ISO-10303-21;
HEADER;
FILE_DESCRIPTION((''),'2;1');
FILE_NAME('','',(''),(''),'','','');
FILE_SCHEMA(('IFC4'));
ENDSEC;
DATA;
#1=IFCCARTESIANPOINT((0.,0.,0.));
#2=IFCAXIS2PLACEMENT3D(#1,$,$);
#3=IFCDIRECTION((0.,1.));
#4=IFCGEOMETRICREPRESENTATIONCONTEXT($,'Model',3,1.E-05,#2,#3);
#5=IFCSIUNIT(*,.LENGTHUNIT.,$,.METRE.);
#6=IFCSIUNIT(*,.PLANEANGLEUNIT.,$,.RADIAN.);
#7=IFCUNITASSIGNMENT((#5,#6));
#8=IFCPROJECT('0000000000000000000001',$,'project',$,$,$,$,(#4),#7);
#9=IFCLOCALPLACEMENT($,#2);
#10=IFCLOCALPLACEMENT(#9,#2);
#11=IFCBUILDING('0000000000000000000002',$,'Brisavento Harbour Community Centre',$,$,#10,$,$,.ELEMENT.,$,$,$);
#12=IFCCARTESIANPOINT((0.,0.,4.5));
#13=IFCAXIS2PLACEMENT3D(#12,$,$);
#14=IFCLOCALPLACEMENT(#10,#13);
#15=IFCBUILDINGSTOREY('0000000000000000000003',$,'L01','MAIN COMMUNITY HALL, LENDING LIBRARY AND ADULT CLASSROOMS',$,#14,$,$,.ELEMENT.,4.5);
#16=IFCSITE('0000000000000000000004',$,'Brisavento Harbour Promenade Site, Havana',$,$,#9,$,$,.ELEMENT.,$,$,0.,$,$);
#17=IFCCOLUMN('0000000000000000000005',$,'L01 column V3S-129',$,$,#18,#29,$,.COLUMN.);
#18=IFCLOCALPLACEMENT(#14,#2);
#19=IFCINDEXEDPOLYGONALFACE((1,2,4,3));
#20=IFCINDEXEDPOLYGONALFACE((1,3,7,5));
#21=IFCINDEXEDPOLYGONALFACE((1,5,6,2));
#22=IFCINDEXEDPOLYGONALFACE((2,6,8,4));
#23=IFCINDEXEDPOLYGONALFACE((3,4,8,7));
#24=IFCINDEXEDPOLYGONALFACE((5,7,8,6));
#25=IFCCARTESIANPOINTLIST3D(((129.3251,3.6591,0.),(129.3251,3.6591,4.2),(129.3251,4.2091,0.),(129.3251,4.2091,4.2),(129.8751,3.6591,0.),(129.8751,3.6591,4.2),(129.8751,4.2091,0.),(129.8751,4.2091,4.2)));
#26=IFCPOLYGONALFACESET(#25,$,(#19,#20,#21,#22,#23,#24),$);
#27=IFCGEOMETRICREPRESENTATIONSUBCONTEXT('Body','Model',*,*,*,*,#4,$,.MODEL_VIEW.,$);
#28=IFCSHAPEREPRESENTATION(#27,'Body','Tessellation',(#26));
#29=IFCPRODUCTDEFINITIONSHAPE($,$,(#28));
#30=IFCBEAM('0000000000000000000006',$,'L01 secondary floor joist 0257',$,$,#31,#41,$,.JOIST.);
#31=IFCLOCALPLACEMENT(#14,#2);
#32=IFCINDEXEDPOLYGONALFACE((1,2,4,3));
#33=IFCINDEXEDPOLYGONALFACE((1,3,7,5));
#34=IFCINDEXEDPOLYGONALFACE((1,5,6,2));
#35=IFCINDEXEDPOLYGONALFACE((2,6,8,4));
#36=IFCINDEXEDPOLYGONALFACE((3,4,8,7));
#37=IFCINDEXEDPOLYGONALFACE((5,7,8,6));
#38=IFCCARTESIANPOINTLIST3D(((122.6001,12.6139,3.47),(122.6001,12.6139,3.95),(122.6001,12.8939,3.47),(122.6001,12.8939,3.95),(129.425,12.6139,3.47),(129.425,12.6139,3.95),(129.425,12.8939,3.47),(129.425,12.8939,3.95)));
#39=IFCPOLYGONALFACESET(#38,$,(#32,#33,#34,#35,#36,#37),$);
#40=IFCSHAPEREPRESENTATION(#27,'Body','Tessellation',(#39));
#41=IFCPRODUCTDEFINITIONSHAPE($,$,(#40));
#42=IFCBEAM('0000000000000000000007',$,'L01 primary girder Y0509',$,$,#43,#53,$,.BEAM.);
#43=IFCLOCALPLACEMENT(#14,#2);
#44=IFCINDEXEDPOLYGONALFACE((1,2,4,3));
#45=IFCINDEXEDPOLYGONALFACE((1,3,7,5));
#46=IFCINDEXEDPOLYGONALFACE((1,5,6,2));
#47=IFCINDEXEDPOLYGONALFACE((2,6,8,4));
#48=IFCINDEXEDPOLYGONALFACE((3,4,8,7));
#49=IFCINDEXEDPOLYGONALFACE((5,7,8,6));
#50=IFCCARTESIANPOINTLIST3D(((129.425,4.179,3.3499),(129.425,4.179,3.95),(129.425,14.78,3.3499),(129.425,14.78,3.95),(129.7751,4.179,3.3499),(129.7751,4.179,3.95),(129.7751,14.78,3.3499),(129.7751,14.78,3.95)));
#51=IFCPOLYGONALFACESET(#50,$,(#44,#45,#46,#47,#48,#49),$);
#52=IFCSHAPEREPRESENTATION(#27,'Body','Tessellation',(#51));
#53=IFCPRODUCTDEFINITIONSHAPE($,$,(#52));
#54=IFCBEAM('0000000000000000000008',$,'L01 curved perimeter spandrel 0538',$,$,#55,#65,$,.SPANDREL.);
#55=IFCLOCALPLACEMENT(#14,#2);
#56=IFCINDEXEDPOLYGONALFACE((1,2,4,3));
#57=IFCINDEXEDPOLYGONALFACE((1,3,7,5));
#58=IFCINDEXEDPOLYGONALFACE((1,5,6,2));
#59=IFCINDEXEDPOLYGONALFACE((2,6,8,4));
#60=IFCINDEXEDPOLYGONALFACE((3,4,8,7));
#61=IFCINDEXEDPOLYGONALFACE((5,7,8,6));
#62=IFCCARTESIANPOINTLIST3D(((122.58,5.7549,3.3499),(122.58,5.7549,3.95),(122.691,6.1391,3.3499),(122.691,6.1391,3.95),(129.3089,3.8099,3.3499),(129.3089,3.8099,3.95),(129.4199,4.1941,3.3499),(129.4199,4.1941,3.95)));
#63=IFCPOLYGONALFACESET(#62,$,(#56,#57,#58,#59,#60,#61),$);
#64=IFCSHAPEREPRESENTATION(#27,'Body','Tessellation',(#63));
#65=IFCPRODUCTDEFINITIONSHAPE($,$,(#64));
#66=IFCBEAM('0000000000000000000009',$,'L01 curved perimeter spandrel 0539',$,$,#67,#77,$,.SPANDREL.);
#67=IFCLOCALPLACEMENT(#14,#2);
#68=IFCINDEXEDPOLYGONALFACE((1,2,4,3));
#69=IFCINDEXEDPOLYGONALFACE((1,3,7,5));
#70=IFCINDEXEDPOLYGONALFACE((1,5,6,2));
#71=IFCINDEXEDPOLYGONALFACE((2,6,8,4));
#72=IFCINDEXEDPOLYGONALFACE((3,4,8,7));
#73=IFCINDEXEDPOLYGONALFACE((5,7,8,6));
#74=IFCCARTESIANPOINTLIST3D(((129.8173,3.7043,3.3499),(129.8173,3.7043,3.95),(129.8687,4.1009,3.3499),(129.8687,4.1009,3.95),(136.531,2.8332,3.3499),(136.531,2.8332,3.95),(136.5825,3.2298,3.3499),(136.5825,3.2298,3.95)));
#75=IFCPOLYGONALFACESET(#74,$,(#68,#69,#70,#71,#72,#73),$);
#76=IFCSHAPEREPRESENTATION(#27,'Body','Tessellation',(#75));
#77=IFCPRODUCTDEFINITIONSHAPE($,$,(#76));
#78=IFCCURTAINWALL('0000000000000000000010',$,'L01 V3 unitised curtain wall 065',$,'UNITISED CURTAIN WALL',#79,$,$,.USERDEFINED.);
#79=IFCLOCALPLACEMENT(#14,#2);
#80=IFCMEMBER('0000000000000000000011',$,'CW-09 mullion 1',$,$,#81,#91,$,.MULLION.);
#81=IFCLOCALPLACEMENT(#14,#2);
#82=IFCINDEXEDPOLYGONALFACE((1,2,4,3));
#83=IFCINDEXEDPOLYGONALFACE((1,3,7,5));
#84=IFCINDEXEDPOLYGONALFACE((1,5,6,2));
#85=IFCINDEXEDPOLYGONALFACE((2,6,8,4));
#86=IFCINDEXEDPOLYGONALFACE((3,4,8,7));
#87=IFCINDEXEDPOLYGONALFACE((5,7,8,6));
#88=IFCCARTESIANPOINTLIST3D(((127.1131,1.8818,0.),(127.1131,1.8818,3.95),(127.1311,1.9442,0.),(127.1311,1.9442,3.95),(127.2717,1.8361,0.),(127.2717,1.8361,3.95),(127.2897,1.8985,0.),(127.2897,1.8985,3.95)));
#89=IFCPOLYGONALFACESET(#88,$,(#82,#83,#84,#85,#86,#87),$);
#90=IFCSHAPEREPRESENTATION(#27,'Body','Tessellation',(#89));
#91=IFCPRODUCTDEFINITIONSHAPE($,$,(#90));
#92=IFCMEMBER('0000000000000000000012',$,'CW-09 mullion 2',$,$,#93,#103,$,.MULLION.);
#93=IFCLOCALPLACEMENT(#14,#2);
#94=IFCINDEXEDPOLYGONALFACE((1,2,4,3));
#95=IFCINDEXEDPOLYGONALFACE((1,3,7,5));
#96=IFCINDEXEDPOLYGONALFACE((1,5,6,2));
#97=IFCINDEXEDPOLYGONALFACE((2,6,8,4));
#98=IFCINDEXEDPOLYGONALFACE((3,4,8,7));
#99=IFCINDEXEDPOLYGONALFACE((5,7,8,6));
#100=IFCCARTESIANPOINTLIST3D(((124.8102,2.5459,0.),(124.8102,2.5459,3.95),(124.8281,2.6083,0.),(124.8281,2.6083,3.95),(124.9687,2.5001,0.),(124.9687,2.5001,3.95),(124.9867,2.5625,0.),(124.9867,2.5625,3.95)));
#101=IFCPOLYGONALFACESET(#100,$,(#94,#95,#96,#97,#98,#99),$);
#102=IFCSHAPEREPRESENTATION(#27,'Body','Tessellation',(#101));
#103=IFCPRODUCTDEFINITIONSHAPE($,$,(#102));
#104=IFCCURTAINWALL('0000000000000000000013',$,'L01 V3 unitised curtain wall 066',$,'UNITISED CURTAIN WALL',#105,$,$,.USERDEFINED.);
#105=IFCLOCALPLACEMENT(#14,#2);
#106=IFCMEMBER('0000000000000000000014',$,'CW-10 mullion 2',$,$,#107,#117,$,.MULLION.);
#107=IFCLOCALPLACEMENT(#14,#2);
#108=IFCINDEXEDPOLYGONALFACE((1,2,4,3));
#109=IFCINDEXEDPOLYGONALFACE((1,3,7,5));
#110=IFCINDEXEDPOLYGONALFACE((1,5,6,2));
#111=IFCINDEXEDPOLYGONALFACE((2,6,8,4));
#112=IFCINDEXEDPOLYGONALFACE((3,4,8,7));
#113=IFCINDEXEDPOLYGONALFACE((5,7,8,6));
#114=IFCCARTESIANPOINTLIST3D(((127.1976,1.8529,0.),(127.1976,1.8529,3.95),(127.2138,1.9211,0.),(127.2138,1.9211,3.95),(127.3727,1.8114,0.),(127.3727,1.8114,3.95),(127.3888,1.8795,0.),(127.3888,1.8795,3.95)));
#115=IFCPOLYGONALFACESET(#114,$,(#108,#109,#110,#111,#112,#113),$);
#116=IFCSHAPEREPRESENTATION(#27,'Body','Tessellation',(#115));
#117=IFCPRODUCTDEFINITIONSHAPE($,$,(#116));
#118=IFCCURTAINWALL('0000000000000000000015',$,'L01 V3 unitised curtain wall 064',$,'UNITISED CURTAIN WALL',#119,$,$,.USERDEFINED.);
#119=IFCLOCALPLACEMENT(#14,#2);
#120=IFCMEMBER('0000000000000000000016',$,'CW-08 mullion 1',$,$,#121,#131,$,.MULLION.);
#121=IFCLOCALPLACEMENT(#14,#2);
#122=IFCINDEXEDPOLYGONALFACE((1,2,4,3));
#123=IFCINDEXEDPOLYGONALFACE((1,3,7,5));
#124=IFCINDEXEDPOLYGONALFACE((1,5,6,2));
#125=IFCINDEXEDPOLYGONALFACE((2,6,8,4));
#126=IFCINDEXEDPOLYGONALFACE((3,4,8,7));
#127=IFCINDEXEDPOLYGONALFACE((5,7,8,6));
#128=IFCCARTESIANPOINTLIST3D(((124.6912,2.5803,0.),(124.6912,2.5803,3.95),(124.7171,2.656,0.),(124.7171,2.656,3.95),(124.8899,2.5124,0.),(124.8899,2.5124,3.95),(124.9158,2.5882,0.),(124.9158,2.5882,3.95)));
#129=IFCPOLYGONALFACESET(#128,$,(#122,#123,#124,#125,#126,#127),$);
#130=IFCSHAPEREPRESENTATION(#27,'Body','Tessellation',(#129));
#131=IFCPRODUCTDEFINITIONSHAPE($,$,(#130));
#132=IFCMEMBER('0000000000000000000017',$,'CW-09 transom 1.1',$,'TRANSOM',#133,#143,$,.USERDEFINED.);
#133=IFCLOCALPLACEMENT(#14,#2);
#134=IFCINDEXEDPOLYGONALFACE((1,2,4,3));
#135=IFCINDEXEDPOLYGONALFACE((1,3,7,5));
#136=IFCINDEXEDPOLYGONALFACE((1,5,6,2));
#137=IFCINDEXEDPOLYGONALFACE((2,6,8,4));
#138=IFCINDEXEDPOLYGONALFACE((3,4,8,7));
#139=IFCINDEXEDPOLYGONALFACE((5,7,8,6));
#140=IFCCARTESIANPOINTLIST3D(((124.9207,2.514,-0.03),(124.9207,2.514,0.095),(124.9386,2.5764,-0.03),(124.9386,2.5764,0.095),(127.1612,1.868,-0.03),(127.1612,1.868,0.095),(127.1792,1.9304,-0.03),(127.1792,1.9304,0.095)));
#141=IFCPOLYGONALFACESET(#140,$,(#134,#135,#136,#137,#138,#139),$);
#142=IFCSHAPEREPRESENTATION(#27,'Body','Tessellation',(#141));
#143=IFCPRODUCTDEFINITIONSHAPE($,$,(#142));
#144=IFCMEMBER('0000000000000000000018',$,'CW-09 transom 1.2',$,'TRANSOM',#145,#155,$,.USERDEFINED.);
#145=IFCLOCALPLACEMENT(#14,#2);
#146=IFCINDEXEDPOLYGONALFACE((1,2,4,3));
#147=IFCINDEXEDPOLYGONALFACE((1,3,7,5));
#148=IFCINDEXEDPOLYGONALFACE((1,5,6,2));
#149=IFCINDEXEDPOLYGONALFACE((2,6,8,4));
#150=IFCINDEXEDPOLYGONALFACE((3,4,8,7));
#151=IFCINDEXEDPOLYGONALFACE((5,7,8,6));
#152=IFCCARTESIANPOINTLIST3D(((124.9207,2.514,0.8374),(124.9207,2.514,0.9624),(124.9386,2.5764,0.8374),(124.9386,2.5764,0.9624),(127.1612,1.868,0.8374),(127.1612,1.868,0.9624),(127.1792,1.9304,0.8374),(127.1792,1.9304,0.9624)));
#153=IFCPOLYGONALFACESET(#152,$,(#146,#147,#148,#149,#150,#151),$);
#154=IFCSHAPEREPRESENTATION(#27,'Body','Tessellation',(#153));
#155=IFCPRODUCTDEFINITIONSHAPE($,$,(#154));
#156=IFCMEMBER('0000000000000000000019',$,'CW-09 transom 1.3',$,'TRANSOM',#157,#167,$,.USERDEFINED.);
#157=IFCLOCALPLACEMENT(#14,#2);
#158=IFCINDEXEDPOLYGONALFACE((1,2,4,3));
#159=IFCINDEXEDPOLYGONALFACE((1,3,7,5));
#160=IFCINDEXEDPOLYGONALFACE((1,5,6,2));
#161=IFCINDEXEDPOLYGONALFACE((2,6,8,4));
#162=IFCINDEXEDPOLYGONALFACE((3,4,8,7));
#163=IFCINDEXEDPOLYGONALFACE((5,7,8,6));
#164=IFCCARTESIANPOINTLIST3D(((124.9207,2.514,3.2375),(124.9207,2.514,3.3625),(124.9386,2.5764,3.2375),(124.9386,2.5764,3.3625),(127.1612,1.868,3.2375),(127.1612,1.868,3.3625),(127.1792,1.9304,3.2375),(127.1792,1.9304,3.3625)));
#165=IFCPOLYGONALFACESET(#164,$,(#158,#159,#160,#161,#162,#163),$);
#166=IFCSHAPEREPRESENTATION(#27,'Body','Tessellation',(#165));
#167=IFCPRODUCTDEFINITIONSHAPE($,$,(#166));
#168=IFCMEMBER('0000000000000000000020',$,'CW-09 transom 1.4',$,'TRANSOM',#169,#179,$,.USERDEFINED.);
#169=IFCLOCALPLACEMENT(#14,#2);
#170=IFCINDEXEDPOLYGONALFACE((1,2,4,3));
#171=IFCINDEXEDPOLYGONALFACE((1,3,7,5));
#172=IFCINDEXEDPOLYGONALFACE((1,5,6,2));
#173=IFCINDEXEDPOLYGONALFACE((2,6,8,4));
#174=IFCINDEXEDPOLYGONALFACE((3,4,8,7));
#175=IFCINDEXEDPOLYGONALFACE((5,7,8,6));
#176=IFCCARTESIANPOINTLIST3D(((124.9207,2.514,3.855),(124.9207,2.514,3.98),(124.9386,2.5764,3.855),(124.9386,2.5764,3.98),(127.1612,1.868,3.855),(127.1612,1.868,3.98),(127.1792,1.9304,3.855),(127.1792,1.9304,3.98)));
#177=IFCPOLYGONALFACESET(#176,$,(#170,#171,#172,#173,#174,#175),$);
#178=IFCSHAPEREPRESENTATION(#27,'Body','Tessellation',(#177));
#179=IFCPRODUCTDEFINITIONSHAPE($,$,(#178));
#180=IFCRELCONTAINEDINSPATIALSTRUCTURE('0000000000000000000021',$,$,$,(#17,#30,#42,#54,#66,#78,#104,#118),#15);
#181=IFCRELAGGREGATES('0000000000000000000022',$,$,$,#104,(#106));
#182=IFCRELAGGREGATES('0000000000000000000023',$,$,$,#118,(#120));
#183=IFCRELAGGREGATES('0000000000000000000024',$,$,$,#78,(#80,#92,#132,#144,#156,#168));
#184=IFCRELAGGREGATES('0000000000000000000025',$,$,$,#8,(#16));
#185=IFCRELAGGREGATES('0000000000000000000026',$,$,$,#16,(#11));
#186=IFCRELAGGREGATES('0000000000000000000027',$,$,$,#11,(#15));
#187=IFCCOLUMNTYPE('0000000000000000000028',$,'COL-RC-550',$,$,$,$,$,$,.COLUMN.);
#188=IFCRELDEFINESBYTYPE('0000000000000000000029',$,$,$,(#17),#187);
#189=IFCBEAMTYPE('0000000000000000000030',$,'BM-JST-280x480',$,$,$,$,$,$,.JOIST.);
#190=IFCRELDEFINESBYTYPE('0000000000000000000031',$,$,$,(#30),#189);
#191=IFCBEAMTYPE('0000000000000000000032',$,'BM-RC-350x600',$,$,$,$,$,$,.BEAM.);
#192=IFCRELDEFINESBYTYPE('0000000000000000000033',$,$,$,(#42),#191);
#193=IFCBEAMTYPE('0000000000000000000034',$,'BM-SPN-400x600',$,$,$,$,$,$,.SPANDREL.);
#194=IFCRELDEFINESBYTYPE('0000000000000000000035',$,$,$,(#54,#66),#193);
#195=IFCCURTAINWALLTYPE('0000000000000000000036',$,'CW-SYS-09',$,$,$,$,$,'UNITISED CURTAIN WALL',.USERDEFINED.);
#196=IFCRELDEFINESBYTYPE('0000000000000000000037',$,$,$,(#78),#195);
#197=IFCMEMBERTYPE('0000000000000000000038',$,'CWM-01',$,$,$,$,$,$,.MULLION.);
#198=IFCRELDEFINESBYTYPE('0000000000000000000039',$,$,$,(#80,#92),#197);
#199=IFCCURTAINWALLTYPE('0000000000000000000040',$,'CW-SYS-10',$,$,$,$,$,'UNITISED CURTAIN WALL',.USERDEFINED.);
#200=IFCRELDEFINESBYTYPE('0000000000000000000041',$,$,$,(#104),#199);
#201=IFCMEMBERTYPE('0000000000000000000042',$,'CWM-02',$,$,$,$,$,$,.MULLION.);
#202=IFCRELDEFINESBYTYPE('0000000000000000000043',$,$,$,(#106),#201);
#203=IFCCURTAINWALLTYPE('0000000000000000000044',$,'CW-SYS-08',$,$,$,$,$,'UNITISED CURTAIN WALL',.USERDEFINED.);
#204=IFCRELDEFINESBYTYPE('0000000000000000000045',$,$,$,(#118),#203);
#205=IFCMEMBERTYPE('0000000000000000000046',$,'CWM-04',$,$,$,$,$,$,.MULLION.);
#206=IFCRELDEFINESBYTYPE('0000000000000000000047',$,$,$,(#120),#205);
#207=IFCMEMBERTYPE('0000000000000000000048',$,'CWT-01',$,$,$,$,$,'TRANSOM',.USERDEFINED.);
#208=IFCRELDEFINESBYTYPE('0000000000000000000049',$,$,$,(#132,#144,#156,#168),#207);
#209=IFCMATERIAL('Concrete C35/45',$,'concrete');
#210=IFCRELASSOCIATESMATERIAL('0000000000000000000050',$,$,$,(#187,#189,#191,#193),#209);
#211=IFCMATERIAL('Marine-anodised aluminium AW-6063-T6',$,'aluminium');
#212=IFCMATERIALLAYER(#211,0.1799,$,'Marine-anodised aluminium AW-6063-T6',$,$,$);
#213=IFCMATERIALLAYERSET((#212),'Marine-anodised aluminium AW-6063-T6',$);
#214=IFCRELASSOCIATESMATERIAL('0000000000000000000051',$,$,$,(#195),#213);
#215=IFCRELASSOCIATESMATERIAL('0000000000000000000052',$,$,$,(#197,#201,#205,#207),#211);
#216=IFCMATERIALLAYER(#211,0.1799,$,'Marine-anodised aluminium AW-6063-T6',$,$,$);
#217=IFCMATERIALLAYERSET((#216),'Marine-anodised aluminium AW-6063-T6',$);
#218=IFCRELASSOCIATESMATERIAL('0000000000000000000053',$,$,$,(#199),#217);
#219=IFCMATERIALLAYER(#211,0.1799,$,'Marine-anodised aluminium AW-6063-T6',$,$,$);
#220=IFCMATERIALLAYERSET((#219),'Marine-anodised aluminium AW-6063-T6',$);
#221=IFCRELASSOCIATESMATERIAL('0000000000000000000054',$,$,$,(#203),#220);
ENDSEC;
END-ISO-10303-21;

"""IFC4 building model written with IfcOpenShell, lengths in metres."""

from ifc_helpers import new_model, si_unit, direction, frame, origin, origin_2d, place, context, subcontext, project, spatial, rectangle, extrude, material, layer, layer_set, material_profile, profile_set, type_object, element, aggregate, save


model = new_model("IFC4")

# Units and contexts
model_context = context("Model", 3, precision=1e-05, world=origin(), true_north=direction((0.0, 1.0)))
body_context = subcontext(model_context, "Body", "Model", "MODEL_VIEW")
ifc_project = project(units=[si_unit("LENGTHUNIT", "METRE"), si_unit("PLANEANGLEUNIT", "RADIAN")], contexts=[model_context])

# Site, building, storey
site_placement = place(None, origin())
site = spatial("IfcSite", under=ifc_project, at=site_placement, Name="Brisavento Harbour Promenade Site, Havana", CompositionType="ELEMENT", RefElevation=0.0)
building_placement = place(site_placement, origin())
building = spatial("IfcBuilding", under=site, at=building_placement, Name="Brisavento Harbour Community Centre", CompositionType="ELEMENT")
storey_placement = place(building_placement, frame((0.0, 0.0, 4.5)))
storey = spatial("IfcBuildingStorey", under=building, at=storey_placement, Name="L01", Description="MAIN COMMUNITY HALL, LENDING LIBRARY AND ADULT CLASSROOMS", CompositionType="ELEMENT", Elevation=4.5)

# Column
ifc_material_1 = material(Name="Concrete C35/45", Category="concrete")
ifc_material_profile_1 = material_profile(ifc_material_1, rectangle(XDim=0.55, YDim=0.55, at=origin_2d()), Name="Concrete C35/45")
ifc_profile_set_1 = profile_set([ifc_material_profile_1], Name="Concrete C35/45")
column_type = type_object("IfcColumnType", Name="COL-RC-550", PredefinedType="COLUMN", material=ifc_profile_set_1)
column_placement = place(storey_placement, frame((129.6001, 3.9341, 0.0), z_axis=(0.0, 0.0, 1.0), x_axis=(1.0, 0.0, 0.0)))
element("IfcColumn", 1, at=column_placement, inside=storey, type_object=column_type, Name="L01 column V3S-129", PredefinedType="COLUMN", context=body_context, shape_type="SweptSolid", body=[
    extrude(rectangle(XDim=0.55, YDim=0.55, at=origin_2d()), origin(), (0.0, 0.0, 1.0), 4.2),
])

# Beams
ifc_material_profile_2 = material_profile(ifc_material_1, rectangle(XDim=0.28, YDim=0.48, at=origin_2d()), Name="Concrete C35/45")
ifc_profile_set_2 = profile_set([ifc_material_profile_2], Name="Concrete C35/45")
beam_type_1 = type_object("IfcBeamType", Name="BM-JST-280x480", PredefinedType="JOIST", material=ifc_profile_set_2)
beam_1_placement = place(storey_placement, frame((122.6001, 12.7539, 3.71), z_axis=(1.0, 0.0, 0.0), x_axis=(0.0, 1.0, 0.0)))
element("IfcBeam", 2, at=beam_1_placement, inside=storey, type_object=beam_type_1, Name="L01 secondary floor joist 0257", PredefinedType="JOIST", context=body_context, shape_type="SweptSolid", body=[
    extrude(rectangle(XDim=0.28, YDim=0.48, at=origin_2d()), origin(), (0.0, 0.0, 1.0), 6.825),
])
ifc_material_profile_3 = material_profile(ifc_material_1, rectangle(XDim=0.3501, YDim=0.6001, at=origin_2d()), Name="Concrete C35/45")
ifc_profile_set_3 = profile_set([ifc_material_profile_3], Name="Concrete C35/45")
beam_type_2 = type_object("IfcBeamType", Name="BM-RC-350x600", PredefinedType="BEAM", material=ifc_profile_set_3)
beam_2_placement = place(storey_placement, frame((129.6001, 4.179, 3.6499), z_axis=(0.0, 1.0, 0.0), x_axis=(-1.0, 0.0, 0.0)))
element("IfcBeam", 3, at=beam_2_placement, inside=storey, type_object=beam_type_2, Name="L01 primary girder Y0509", PredefinedType="BEAM", context=body_context, shape_type="SweptSolid", body=[
    extrude(rectangle(XDim=0.3501, YDim=0.6001, at=origin_2d()), origin(), (0.0, 0.0, 1.0), 10.6011),
])
ifc_material_profile_4 = material_profile(ifc_material_1, rectangle(XDim=0.3999, YDim=0.6001, at=origin_2d()), Name="Concrete C35/45")
ifc_profile_set_4 = profile_set([ifc_material_profile_4], Name="Concrete C35/45")
beam_type_3 = type_object("IfcBeamType", Name="BM-SPN-400x600", PredefinedType="SPANDREL", material=ifc_profile_set_4)
beam_3_placement = place(storey_placement, frame((122.6355, 5.947, 3.6499), z_axis=(0.960671, -0.277689, 0.0), x_axis=(0.277689, 0.960671, 0.0)))
element("IfcBeam", 4, at=beam_3_placement, inside=storey, type_object=beam_type_3, Name="L01 curved perimeter spandrel 0538", PredefinedType="SPANDREL", context=body_context, shape_type="SweptSolid", body=[
    extrude(rectangle(XDim=0.3999, YDim=0.6001, at=origin_2d()), origin(), (0.0, 0.0, 1.0), 7.0044),
])
beam_4_placement = place(storey_placement, frame((129.843, 3.9026, 3.6499), z_axis=(0.991688, -0.128667, 0.0), x_axis=(0.128667, 0.991688, 0.0)))
element("IfcBeam", 5, at=beam_4_placement, inside=storey, type_object=beam_type_3, Name="L01 curved perimeter spandrel 0539", PredefinedType="SPANDREL", context=body_context, shape_type="SweptSolid", body=[
    extrude(rectangle(XDim=0.3999, YDim=0.6001, at=origin_2d()), origin(), (0.0, 0.0, 1.0), 6.77),
])

# Curtain wall, members
ifc_material_2 = material(Name="Marine-anodised aluminium AW-6063-T6", Category="aluminium")
ifc_layer_1 = layer(ifc_material_2, 0.1799, Name="Marine-anodised aluminium AW-6063-T6")
ifc_layer_set_1 = layer_set([ifc_layer_1], Name="Marine-anodised aluminium AW-6063-T6")
curtain_wall_type_1 = type_object("IfcCurtainWallType", Name="CW-SYS-09", ElementType="UNITISED CURTAIN WALL", PredefinedType="USERDEFINED", material=ifc_layer_set_1)
curtain_wall_1_placement = place(storey_placement, origin())
curtain_wall_1 = element("IfcCurtainWall", 6, at=curtain_wall_1_placement, inside=storey, type_object=curtain_wall_type_1, Name="L01 V3 unitised curtain wall 065", ObjectType="UNITISED CURTAIN WALL", PredefinedType="USERDEFINED")
ifc_material_profile_5 = material_profile(ifc_material_2, rectangle(XDim=0.0649, YDim=0.165, at=origin_2d()), Name="Marine-anodised aluminium AW-6063-T6")
ifc_profile_set_5 = profile_set([ifc_material_profile_5], Name="Marine-anodised aluminium AW-6063-T6")
member_type_1 = type_object("IfcMemberType", Name="CWM-01", PredefinedType="MULLION", material=ifc_profile_set_5)
member_1_placement = place(storey_placement, frame((127.2014, 1.8901, 0.0), z_axis=(0.0, 0.0, 1.0), x_axis=(-0.277001, -0.96087, 0.0)))
member_1 = element("IfcMember", 7, at=member_1_placement, type_object=member_type_1, Name="CW-09 mullion 1", PredefinedType="MULLION", context=body_context, shape_type="SweptSolid", body=[
    extrude(rectangle(XDim=0.0649, YDim=0.165, at=origin_2d()), origin(), (0.0, 0.0, 1.0), 3.95),
])
member_2_placement = place(storey_placement, frame((124.8984, 2.5542, 0.0), z_axis=(0.0, 0.0, 1.0), x_axis=(-0.277001, -0.96087, 0.0)))
member_2 = element("IfcMember", 8, at=member_2_placement, type_object=member_type_1, Name="CW-09 mullion 2", PredefinedType="MULLION", context=body_context, shape_type="SweptSolid", body=[
    extrude(rectangle(XDim=0.0649, YDim=0.165, at=origin_2d()), origin(), (0.0, 0.0, 1.0), 3.95),
])

# Curtain walls, members
ifc_layer_2 = layer(ifc_material_2, 0.1799, Name="Marine-anodised aluminium AW-6063-T6")
ifc_layer_set_2 = layer_set([ifc_layer_2], Name="Marine-anodised aluminium AW-6063-T6")
curtain_wall_type_2 = type_object("IfcCurtainWallType", Name="CW-SYS-10", ElementType="UNITISED CURTAIN WALL", PredefinedType="USERDEFINED", material=ifc_layer_set_2)
curtain_wall_2_placement = place(storey_placement, origin())
curtain_wall_2 = element("IfcCurtainWall", 9, at=curtain_wall_2_placement, inside=storey, type_object=curtain_wall_type_2, Name="L01 V3 unitised curtain wall 066", ObjectType="UNITISED CURTAIN WALL", PredefinedType="USERDEFINED")
ifc_material_profile_6 = material_profile(ifc_material_2, rectangle(XDim=0.0701, YDim=0.1799, at=origin_2d()), Name="Marine-anodised aluminium AW-6063-T6")
ifc_profile_set_6 = profile_set([ifc_material_profile_6], Name="Marine-anodised aluminium AW-6063-T6")
member_type_2 = type_object("IfcMemberType", Name="CWM-02", PredefinedType="MULLION", material=ifc_profile_set_6)
member_3_placement = place(storey_placement, frame((127.2932, 1.8662, 0.0), z_axis=(0.0, 0.0, 1.0), x_axis=(-0.230805, -0.973, 0.0)))
member_3 = element("IfcMember", 10, at=member_3_placement, type_object=member_type_2, Name="CW-10 mullion 2", PredefinedType="MULLION", context=body_context, shape_type="SweptSolid", body=[
    extrude(rectangle(XDim=0.0701, YDim=0.1799, at=origin_2d()), origin(), (0.0, 0.0, 1.0), 3.95),
])
aggregate(curtain_wall_2, [member_3])
ifc_layer_3 = layer(ifc_material_2, 0.1799, Name="Marine-anodised aluminium AW-6063-T6")
ifc_layer_set_3 = layer_set([ifc_layer_3], Name="Marine-anodised aluminium AW-6063-T6")
curtain_wall_type_3 = type_object("IfcCurtainWallType", Name="CW-SYS-08", ElementType="UNITISED CURTAIN WALL", PredefinedType="USERDEFINED", material=ifc_layer_set_3)
curtain_wall_3_placement = place(storey_placement, origin())
curtain_wall_3 = element("IfcCurtainWall", 11, at=curtain_wall_3_placement, inside=storey, type_object=curtain_wall_type_3, Name="L01 V3 unitised curtain wall 064", ObjectType="UNITISED CURTAIN WALL", PredefinedType="USERDEFINED")
ifc_material_profile_7 = material_profile(ifc_material_2, rectangle(XDim=0.0801, YDim=0.21, at=origin_2d()), Name="Marine-anodised aluminium AW-6063-T6")
ifc_profile_set_7 = profile_set([ifc_material_profile_7], Name="Marine-anodised aluminium AW-6063-T6")
member_type_3 = type_object("IfcMemberType", Name="CWM-04", PredefinedType="MULLION", material=ifc_profile_set_7)
member_4_placement = place(storey_placement, frame((124.8035, 2.5842, 0.0), z_axis=(0.0, 0.0, 1.0), x_axis=(-0.323179, -0.946338, 0.0)))
member_4 = element("IfcMember", 12, at=member_4_placement, type_object=member_type_3, Name="CW-08 mullion 1", PredefinedType="MULLION", context=body_context, shape_type="SweptSolid", body=[
    extrude(rectangle(XDim=0.0801, YDim=0.21, at=origin_2d()), origin(), (0.0, 0.0, 1.0), 3.95),
])

# Members
ifc_material_profile_8 = material_profile(ifc_material_2, rectangle(XDim=0.0649, YDim=0.125, at=origin_2d()), Name="Marine-anodised aluminium AW-6063-T6")
ifc_profile_set_8 = profile_set([ifc_material_profile_8], Name="Marine-anodised aluminium AW-6063-T6")
member_type_4 = type_object("IfcMemberType", Name="CWT-01", ElementType="TRANSOM", PredefinedType="USERDEFINED", material=ifc_profile_set_8)
member_5_placement = place(storey_placement, frame((127.1702, 1.8992, 0.0325), z_axis=(-0.960857, 0.277044, 0.0), x_axis=(-0.277044, -0.960857, 0.0)))
member_5 = element("IfcMember", 13, at=member_5_placement, type_object=member_type_4, Name="CW-09 transom 1.1", ObjectType="TRANSOM", PredefinedType="USERDEFINED", context=body_context, shape_type="SweptSolid", body=[
    extrude(rectangle(XDim=0.0649, YDim=0.125, at=origin_2d()), origin(), (0.0, 0.0, 1.0), 2.3318),
])
member_6_placement = place(storey_placement, frame((127.1702, 1.8992, 0.8999), z_axis=(-0.960857, 0.277044, 0.0), x_axis=(-0.277044, -0.960857, 0.0)))
member_6 = element("IfcMember", 14, at=member_6_placement, type_object=member_type_4, Name="CW-09 transom 1.2", ObjectType="TRANSOM", PredefinedType="USERDEFINED", context=body_context, shape_type="SweptSolid", body=[
    extrude(rectangle(XDim=0.0649, YDim=0.125, at=origin_2d()), origin(), (0.0, 0.0, 1.0), 2.3318),
])
member_7_placement = place(storey_placement, frame((127.1702, 1.8992, 3.3), z_axis=(-0.960857, 0.277044, 0.0), x_axis=(-0.277044, -0.960857, 0.0)))
member_7 = element("IfcMember", 15, at=member_7_placement, type_object=member_type_4, Name="CW-09 transom 1.3", ObjectType="TRANSOM", PredefinedType="USERDEFINED", context=body_context, shape_type="SweptSolid", body=[
    extrude(rectangle(XDim=0.0649, YDim=0.125, at=origin_2d()), origin(), (0.0, 0.0, 1.0), 2.3318),
])
member_8_placement = place(storey_placement, frame((127.1702, 1.8992, 3.9175), z_axis=(-0.960857, 0.277044, 0.0), x_axis=(-0.277044, -0.960857, 0.0)))
member_8 = element("IfcMember", 16, at=member_8_placement, type_object=member_type_4, Name="CW-09 transom 1.4", ObjectType="TRANSOM", PredefinedType="USERDEFINED", context=body_context, shape_type="SweptSolid", body=[
    extrude(rectangle(XDim=0.0649, YDim=0.125, at=origin_2d()), origin(), (0.0, 0.0, 1.0), 2.3318),
])

aggregate(curtain_wall_3, [member_4])
aggregate(curtain_wall_1, [member_1, member_2, member_5, member_6, member_7, member_8])

save(model, "model.ifc")
